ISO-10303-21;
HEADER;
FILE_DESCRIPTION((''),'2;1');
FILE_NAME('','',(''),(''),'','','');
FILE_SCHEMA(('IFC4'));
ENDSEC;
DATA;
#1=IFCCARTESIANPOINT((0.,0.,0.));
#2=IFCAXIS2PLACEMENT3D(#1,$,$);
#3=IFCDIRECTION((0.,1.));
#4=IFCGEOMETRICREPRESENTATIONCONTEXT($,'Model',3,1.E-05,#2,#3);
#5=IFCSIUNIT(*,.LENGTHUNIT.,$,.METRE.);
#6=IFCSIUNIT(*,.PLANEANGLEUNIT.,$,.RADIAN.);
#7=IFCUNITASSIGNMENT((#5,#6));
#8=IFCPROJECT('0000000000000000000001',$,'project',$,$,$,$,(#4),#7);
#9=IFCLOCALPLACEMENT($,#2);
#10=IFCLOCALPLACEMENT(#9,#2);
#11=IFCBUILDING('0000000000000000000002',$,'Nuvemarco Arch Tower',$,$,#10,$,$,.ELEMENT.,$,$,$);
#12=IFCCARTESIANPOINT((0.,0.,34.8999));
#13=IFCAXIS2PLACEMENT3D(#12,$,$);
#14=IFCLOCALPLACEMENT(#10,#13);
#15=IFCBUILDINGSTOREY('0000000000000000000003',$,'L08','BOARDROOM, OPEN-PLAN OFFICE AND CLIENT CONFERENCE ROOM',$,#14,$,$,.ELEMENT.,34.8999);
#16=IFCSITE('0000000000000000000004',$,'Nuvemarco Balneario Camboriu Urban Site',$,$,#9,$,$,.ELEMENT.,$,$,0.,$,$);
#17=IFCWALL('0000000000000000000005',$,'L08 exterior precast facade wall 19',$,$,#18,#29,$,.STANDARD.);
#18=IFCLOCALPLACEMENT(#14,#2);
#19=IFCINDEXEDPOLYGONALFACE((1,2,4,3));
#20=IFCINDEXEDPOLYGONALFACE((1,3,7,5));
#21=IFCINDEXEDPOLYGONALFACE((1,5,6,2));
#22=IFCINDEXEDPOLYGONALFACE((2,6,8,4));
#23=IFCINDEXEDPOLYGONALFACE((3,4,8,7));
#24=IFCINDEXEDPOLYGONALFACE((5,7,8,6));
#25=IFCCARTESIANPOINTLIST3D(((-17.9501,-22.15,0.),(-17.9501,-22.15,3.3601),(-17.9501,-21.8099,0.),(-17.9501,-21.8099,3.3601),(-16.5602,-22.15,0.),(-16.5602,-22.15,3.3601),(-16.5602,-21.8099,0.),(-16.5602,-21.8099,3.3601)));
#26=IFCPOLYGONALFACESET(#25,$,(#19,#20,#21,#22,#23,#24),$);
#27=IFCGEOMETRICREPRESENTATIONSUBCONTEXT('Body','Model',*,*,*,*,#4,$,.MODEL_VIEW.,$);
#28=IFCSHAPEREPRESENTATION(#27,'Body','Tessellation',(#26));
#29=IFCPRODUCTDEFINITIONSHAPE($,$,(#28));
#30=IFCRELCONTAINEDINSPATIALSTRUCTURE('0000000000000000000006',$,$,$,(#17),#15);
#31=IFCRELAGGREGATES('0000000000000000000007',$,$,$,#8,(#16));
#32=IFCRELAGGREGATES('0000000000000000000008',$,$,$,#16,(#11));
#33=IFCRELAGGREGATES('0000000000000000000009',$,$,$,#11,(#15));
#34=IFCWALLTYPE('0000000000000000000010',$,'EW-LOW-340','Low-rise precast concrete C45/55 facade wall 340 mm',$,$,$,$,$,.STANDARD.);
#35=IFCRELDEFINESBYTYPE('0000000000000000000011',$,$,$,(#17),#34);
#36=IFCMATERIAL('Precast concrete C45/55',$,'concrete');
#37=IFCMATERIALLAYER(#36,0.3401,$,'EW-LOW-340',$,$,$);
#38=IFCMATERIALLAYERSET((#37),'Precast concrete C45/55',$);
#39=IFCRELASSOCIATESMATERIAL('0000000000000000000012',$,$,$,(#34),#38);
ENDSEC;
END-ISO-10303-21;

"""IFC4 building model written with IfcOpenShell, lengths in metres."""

from ifc_helpers import new_model, si_unit, direction, frame, frame_2d, origin, place, context, subcontext, project, spatial, rectangle, extrude, material, layer, layer_set, type_object, element, save


model = new_model("IFC4")

# Units and contexts
model_context = context("Model", 3, precision=1e-05, world=origin(), true_north=direction((0.0, 1.0)))
body_context = subcontext(model_context, "Body", "Model", "MODEL_VIEW")
ifc_project = project(units=[si_unit("LENGTHUNIT", "METRE"), si_unit("PLANEANGLEUNIT", "RADIAN")], contexts=[model_context])

# Site, building, storey
site_placement = place(None, origin())
site = spatial("IfcSite", under=ifc_project, at=site_placement, Name="Nuvemarco Balneario Camboriu Urban Site", CompositionType="ELEMENT", RefElevation=0.0)
building_placement = place(site_placement, origin())
building = spatial("IfcBuilding", under=site, at=building_placement, Name="Nuvemarco Arch Tower", CompositionType="ELEMENT")
storey_placement = place(building_placement, frame((0.0, 0.0, 34.8999)))
storey = spatial("IfcBuildingStorey", under=building, at=storey_placement, Name="L08", Description="BOARDROOM, OPEN-PLAN OFFICE AND CLIENT CONFERENCE ROOM", CompositionType="ELEMENT", Elevation=34.8999)

# Shared definitions
ifc_material_1 = material(Name="Precast concrete C45/55", Category="concrete")

# Shared definitions
ifc_layer_1 = layer(ifc_material_1, 0.3401, Name="EW-LOW-340")
ifc_layer_set_1 = layer_set([ifc_layer_1], Name="Precast concrete C45/55")
wall_type = type_object("IfcWallType", Name="EW-LOW-340", Description="Low-rise precast concrete C45/55 facade wall 340 mm", PredefinedType="STANDARD", material=ifc_layer_set_1)

# Wall
wall_1_placement = place(storey_placement, frame((-17.95, -21.98, 0.0), z_axis=(0.0, 0.0, 1.0), x_axis=(1.0, 0.0, 0.0)))
element("IfcWall", 1, at=wall_1_placement, inside=storey, type_object=wall_type, Name="L08 exterior precast facade wall 19", PredefinedType="STANDARD", context=body_context, shape_type="SweptSolid", body=[
    extrude(rectangle(XDim=1.3899, YDim=0.3401, at=frame_2d((0.6948, 0.0))), origin(), (0.0, 0.0, 1.0), 3.3601),
])

save(model, "model.ifc")
